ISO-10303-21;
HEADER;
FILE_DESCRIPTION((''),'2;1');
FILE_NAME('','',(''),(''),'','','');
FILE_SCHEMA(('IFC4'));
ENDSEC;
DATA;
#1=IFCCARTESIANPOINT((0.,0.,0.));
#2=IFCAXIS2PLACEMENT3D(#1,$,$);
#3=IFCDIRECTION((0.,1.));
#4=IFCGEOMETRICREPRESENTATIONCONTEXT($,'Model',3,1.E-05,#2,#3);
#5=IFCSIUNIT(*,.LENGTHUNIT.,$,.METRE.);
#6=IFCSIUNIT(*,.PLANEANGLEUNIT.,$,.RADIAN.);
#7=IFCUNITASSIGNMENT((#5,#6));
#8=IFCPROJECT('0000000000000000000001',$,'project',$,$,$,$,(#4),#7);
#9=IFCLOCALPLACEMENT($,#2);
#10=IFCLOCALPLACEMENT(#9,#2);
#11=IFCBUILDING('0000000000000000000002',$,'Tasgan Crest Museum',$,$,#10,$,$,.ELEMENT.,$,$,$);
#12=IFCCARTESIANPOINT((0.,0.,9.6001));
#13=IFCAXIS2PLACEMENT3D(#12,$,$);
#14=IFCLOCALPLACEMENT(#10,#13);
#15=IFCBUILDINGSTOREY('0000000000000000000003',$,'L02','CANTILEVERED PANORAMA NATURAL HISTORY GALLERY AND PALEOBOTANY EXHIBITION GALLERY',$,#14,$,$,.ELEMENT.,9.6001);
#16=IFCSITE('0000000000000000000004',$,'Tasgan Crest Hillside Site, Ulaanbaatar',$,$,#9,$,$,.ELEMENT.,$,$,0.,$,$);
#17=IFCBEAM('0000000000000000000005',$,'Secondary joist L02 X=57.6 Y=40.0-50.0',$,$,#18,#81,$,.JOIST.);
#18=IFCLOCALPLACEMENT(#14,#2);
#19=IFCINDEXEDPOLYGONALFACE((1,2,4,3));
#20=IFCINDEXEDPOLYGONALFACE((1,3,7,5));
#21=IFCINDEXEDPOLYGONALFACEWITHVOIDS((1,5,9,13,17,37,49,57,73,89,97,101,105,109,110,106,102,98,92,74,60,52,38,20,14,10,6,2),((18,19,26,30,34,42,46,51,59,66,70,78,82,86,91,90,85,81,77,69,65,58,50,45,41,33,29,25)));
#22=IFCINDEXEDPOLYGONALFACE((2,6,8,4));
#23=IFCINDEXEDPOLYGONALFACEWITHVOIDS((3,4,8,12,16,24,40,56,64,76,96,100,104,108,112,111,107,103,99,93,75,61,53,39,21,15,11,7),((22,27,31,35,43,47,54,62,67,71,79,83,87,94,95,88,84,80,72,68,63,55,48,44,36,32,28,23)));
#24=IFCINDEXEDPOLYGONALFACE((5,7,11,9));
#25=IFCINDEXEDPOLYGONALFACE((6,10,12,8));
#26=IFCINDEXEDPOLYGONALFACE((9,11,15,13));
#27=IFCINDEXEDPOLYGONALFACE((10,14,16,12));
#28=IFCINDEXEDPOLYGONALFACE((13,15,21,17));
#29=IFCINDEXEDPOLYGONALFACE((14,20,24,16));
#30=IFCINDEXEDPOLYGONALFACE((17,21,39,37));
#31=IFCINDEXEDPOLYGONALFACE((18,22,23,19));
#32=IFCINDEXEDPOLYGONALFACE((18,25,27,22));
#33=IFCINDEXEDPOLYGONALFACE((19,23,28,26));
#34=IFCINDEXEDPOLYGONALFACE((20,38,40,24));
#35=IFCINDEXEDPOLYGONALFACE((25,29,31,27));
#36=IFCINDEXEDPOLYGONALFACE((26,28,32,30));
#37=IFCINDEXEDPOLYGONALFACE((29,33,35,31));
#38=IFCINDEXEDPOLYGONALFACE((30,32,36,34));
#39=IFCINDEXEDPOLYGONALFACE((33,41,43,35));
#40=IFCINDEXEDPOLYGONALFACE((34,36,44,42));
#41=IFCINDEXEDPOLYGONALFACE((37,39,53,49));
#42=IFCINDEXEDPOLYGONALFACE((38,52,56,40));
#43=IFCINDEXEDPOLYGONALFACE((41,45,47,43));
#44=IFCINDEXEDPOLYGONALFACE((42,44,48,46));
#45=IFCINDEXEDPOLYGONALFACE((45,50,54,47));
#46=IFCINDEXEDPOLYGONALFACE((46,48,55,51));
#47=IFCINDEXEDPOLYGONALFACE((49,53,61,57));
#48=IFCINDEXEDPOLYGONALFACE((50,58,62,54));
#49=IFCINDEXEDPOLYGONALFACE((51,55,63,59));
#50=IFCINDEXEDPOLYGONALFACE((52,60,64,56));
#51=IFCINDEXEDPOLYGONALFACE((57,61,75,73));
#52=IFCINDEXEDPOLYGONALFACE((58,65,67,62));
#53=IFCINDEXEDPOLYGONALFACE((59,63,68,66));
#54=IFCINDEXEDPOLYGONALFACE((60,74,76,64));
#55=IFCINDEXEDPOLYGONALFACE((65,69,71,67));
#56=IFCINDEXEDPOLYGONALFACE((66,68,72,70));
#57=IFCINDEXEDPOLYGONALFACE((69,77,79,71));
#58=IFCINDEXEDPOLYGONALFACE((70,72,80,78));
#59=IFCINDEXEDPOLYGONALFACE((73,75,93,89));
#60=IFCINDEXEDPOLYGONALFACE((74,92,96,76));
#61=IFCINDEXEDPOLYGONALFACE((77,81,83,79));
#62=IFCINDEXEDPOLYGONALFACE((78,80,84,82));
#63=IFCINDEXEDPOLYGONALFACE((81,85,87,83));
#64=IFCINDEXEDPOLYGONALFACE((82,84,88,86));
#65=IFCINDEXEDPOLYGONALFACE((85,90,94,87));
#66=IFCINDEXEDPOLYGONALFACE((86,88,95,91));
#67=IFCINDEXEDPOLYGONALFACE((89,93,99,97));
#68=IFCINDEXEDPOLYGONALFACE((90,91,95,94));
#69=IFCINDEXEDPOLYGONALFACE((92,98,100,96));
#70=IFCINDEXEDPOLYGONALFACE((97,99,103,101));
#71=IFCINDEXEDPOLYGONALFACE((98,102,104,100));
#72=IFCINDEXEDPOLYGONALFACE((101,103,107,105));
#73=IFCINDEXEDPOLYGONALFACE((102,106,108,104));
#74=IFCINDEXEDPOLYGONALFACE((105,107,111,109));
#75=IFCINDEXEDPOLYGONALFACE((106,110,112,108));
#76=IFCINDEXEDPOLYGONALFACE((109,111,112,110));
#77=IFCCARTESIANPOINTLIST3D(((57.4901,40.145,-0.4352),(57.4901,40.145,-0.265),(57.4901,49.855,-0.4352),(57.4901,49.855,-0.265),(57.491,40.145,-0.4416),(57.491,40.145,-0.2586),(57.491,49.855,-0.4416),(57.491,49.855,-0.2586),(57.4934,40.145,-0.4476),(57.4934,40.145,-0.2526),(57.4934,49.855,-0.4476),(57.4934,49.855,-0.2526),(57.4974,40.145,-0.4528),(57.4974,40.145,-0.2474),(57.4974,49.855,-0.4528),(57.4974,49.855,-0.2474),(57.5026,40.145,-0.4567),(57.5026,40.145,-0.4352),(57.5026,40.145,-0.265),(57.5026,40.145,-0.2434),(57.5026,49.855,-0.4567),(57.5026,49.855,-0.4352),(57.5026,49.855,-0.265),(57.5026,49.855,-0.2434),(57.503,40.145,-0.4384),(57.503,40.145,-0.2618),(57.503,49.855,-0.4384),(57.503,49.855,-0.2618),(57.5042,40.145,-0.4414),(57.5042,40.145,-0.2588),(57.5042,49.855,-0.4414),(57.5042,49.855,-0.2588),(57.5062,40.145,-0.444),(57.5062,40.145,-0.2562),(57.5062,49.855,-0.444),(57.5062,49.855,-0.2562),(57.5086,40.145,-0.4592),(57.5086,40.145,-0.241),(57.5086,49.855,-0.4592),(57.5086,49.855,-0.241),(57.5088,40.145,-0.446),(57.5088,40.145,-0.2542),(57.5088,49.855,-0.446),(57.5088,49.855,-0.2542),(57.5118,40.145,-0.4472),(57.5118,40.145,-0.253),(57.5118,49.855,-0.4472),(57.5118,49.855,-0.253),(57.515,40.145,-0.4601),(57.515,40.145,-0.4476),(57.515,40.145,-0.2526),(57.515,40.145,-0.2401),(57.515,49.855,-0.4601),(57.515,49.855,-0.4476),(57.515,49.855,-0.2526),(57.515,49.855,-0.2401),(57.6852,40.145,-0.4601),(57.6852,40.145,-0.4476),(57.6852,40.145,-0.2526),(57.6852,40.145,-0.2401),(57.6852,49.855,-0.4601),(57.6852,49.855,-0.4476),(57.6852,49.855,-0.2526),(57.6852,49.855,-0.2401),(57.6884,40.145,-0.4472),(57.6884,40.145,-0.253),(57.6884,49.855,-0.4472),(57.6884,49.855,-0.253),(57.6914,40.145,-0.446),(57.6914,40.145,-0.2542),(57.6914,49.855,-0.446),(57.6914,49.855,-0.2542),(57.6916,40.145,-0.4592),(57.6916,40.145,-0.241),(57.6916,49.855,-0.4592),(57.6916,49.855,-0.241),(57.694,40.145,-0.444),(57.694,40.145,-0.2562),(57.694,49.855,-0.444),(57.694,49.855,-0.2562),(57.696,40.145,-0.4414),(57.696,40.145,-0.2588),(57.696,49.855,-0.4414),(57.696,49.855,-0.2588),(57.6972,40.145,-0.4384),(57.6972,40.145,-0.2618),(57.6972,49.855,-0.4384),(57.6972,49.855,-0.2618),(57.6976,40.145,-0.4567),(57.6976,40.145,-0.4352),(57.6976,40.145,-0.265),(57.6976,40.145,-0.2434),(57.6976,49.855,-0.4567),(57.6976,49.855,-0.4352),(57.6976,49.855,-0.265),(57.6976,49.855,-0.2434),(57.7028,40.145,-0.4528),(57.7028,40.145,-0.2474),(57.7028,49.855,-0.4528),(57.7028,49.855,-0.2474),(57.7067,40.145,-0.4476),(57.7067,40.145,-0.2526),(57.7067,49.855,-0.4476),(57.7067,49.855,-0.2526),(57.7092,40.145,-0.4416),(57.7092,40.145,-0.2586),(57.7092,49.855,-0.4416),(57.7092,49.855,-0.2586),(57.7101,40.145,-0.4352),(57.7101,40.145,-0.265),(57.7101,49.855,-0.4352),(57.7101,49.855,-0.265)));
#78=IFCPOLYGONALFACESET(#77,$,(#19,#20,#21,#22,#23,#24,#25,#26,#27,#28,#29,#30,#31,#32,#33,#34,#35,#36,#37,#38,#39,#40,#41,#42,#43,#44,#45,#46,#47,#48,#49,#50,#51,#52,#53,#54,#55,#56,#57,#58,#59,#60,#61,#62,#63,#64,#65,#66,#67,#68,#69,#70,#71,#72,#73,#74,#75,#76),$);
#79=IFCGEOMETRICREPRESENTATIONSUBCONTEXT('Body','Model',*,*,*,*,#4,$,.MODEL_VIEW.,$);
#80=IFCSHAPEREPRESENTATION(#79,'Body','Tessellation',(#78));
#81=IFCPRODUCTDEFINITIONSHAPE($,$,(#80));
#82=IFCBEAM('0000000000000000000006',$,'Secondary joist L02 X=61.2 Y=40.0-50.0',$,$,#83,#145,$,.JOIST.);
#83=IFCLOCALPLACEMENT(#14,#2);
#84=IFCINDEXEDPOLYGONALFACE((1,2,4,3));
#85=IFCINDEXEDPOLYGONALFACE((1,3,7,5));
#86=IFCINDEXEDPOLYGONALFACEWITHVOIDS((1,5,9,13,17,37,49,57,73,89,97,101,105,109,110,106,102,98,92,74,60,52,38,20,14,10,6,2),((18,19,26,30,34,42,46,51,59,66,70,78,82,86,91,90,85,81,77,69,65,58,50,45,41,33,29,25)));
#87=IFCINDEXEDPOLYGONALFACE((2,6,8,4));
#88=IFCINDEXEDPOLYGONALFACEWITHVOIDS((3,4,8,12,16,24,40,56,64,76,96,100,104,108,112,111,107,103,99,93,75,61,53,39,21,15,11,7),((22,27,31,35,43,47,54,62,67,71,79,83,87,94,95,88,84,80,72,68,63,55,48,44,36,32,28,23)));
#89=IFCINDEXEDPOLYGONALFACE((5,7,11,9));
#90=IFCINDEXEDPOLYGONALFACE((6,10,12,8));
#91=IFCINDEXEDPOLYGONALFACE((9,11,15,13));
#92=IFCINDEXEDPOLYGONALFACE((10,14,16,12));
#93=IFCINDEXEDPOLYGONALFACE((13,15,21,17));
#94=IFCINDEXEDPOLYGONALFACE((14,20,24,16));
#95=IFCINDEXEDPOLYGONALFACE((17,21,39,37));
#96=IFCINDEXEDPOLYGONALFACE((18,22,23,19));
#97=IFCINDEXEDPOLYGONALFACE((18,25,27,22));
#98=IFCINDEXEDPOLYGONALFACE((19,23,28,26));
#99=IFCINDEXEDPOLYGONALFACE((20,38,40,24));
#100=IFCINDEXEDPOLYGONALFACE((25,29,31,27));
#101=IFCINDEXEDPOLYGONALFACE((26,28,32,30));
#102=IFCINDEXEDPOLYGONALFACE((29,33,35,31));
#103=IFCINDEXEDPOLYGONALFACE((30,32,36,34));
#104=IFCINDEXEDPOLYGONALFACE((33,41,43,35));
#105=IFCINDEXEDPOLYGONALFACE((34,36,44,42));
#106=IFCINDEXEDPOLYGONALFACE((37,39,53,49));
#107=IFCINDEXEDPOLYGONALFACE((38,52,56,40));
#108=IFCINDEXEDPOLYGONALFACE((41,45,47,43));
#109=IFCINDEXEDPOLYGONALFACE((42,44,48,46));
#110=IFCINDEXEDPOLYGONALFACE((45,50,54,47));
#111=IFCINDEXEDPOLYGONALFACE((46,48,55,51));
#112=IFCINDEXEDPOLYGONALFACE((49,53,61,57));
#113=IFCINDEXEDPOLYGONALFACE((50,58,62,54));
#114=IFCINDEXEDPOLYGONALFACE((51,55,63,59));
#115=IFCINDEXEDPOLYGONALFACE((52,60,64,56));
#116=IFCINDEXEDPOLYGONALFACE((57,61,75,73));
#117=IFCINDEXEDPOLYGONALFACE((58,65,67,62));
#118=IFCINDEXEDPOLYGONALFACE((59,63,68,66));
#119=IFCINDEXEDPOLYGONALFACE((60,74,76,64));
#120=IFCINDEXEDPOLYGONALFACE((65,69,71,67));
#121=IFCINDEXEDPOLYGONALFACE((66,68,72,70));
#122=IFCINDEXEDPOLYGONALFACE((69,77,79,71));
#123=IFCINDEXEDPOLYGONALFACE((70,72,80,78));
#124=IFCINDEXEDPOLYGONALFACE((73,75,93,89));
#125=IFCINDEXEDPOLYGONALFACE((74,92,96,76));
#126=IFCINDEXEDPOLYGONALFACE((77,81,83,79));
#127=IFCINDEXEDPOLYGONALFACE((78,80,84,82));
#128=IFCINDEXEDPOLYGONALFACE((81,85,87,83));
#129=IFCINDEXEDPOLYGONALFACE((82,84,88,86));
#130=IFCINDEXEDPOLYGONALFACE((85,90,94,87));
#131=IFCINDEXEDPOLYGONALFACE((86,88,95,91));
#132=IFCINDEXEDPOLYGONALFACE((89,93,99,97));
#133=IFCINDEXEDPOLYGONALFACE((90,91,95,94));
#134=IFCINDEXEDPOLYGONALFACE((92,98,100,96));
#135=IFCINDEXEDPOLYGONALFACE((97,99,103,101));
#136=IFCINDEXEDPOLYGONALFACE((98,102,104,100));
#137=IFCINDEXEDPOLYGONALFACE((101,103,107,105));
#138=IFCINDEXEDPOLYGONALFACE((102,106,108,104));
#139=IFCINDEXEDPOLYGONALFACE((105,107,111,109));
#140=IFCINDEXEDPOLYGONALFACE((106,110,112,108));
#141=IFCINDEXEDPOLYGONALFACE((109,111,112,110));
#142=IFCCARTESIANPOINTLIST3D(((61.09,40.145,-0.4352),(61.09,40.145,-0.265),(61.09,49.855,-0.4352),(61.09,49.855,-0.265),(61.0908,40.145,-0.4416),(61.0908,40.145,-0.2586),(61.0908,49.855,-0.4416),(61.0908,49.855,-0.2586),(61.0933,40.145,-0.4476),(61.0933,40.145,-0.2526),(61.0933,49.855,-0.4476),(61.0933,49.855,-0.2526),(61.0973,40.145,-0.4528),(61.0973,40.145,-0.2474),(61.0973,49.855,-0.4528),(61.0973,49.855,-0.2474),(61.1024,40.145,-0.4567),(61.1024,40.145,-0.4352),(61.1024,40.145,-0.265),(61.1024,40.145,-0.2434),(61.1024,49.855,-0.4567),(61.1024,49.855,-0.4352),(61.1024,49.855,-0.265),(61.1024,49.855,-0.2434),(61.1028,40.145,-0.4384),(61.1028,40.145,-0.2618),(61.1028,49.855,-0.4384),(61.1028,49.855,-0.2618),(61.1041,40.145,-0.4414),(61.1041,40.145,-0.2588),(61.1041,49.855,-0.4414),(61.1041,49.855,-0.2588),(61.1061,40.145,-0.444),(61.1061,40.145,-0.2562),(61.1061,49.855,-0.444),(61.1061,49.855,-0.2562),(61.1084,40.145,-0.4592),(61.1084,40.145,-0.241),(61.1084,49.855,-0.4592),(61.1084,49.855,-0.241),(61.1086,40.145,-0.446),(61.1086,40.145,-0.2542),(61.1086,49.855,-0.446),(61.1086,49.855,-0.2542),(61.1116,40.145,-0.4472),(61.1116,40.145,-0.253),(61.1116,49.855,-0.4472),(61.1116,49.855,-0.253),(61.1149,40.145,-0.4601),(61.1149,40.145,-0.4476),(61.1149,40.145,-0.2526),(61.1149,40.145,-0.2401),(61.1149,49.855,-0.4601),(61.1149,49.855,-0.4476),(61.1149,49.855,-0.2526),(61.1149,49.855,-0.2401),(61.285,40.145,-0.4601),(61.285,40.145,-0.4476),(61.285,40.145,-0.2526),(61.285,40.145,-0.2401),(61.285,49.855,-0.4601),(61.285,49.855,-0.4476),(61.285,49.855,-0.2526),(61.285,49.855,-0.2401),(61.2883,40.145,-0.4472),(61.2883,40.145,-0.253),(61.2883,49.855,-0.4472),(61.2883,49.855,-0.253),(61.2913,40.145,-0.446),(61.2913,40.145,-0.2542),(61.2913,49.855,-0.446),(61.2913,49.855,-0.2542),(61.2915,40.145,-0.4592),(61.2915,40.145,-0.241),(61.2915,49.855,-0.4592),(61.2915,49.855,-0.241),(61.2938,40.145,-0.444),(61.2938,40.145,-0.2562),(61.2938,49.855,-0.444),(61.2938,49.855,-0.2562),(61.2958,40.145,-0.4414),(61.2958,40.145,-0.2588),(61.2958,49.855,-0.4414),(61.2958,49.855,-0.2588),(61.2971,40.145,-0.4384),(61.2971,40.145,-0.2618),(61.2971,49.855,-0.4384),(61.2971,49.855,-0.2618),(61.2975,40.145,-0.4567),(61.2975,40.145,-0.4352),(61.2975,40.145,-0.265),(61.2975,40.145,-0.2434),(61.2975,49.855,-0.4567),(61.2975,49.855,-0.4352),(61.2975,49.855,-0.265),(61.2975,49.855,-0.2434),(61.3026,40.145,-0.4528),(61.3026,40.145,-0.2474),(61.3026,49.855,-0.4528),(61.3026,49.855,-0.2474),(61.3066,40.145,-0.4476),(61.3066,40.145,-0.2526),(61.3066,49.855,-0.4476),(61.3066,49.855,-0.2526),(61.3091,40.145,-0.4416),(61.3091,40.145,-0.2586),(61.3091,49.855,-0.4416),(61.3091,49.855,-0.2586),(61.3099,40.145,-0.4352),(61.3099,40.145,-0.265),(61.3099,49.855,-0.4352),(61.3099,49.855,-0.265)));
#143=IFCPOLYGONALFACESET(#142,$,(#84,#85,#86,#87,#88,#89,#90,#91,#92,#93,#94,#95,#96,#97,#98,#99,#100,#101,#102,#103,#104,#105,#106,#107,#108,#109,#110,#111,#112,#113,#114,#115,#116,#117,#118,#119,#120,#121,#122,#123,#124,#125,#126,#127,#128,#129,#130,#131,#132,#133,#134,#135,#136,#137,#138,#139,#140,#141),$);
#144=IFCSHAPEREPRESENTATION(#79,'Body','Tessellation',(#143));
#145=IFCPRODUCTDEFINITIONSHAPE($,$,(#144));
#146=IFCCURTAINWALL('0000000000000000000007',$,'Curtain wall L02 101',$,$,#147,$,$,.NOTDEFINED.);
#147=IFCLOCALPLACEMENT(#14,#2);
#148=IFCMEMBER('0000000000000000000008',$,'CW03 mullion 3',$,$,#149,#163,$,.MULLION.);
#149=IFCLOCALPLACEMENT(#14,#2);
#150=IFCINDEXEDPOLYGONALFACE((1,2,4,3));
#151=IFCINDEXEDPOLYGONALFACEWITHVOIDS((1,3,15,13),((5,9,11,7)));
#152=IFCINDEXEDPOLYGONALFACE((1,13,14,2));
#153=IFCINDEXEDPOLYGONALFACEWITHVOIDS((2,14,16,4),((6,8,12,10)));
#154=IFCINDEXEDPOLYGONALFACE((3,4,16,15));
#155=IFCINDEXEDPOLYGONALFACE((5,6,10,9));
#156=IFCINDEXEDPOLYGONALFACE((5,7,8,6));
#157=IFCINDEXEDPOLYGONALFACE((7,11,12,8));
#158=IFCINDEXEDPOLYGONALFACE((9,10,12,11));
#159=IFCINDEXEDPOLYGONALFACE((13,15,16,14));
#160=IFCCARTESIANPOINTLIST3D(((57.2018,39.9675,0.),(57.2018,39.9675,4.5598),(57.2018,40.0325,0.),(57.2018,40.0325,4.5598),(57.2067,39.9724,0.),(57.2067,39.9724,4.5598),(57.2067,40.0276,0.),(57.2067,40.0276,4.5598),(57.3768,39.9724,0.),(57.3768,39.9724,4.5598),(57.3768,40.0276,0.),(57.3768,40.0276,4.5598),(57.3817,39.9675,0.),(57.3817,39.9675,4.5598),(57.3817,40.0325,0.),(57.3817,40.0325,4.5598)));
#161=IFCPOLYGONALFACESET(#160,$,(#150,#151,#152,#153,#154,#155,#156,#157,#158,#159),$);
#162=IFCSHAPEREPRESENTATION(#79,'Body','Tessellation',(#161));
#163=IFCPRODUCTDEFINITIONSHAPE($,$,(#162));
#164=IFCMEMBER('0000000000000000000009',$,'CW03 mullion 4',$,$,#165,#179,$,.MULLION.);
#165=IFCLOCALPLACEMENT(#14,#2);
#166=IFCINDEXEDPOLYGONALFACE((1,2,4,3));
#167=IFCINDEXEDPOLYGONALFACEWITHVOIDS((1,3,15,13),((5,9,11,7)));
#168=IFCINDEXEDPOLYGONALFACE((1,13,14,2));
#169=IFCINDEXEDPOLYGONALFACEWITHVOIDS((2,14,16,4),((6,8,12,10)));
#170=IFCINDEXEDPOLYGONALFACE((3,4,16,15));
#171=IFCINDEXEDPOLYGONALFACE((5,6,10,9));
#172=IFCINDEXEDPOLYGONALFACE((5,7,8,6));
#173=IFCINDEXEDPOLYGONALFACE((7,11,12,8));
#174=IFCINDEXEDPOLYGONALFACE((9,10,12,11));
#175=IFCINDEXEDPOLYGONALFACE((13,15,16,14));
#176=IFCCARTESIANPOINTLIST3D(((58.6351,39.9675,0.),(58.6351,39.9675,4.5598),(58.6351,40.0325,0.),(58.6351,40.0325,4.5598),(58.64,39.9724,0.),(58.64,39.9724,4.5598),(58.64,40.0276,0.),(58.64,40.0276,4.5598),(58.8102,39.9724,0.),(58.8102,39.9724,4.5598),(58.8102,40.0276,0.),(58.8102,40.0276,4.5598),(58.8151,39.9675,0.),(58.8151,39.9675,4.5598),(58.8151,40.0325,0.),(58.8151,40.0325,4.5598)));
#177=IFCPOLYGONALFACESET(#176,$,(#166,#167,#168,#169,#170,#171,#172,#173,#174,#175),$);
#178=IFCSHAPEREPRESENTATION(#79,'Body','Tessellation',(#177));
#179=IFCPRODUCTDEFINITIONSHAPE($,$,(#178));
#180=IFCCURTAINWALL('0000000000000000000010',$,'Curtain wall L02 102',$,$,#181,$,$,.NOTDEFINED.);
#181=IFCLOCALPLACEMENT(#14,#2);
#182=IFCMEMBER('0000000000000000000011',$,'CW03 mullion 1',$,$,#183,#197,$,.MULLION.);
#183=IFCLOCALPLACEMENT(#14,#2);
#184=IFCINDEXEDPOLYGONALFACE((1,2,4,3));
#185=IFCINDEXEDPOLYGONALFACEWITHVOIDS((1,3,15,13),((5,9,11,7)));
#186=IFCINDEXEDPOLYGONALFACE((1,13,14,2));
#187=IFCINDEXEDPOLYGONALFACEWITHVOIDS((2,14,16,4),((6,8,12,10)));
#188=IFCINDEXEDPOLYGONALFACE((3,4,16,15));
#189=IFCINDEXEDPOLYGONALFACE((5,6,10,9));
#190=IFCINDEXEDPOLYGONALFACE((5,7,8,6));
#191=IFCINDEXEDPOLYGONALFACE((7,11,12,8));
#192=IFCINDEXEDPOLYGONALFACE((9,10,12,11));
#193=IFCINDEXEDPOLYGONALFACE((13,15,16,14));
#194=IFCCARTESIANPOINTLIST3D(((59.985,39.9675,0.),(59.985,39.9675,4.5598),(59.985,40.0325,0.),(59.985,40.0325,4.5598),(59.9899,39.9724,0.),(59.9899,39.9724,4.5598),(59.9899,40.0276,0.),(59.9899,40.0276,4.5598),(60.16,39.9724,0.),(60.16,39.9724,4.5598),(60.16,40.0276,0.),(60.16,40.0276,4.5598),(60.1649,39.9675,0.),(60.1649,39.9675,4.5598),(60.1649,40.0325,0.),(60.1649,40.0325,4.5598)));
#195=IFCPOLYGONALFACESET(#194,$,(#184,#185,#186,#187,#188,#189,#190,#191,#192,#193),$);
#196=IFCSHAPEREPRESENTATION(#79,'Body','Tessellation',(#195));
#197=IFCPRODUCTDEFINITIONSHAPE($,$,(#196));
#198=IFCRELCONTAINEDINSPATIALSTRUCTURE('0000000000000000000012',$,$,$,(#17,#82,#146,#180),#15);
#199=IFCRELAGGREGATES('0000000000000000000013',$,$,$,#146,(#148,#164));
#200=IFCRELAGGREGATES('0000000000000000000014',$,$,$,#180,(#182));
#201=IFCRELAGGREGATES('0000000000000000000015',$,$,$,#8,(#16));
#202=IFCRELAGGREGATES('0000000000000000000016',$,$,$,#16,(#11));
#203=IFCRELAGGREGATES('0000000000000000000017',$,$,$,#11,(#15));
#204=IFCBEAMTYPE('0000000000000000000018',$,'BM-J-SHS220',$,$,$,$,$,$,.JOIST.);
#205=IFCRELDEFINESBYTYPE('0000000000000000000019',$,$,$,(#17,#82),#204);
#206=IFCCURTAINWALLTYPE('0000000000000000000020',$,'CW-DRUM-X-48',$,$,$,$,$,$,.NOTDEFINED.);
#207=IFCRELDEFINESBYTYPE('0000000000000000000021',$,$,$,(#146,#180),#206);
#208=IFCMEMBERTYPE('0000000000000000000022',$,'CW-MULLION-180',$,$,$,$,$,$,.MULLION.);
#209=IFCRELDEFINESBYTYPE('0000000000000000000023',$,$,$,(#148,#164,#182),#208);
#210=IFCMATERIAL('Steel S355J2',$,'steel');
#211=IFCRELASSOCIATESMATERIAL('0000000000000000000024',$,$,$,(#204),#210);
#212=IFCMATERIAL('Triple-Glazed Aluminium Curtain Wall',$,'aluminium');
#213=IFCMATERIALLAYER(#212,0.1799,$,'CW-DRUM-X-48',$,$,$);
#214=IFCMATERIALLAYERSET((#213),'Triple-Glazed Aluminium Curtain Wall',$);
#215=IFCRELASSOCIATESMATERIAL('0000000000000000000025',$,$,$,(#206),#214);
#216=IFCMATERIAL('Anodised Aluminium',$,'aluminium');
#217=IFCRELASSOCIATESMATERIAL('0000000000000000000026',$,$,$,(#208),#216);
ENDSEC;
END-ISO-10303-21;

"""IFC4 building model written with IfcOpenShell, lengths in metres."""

from ifc_helpers import new_model, si_unit, direction, frame, origin, origin_2d, place, context, subcontext, project, spatial, hollow_rectangle, extrude, material, layer, layer_set, material_profile, profile_set, type_object, element, aggregate, save


model = new_model("IFC4")

# Units and contexts
model_context = context("Model", 3, precision=1e-05, world=origin(), true_north=direction((0.0, 1.0)))
body_context = subcontext(model_context, "Body", "Model", "MODEL_VIEW")
ifc_project = project(units=[si_unit("LENGTHUNIT", "METRE"), si_unit("PLANEANGLEUNIT", "RADIAN")], contexts=[model_context])

# Site, building, storey
site_placement = place(None, origin())
site = spatial("IfcSite", under=ifc_project, at=site_placement, Name="Tasgan Crest Hillside Site, Ulaanbaatar", CompositionType="ELEMENT", RefElevation=0.0)
building_placement = place(site_placement, origin())
building = spatial("IfcBuilding", under=site, at=building_placement, Name="Tasgan Crest Museum", CompositionType="ELEMENT")
storey_placement = place(building_placement, frame((0.0, 0.0, 9.6001)))
storey = spatial("IfcBuildingStorey", under=building, at=storey_placement, Name="L02", Description="CANTILEVERED PANORAMA NATURAL HISTORY GALLERY AND PALEOBOTANY EXHIBITION GALLERY", CompositionType="ELEMENT", Elevation=9.6001)

# Beams
ifc_material_1 = material(Name="Steel S355J2", Category="steel")
ifc_material_profile_1 = material_profile(ifc_material_1, hollow_rectangle(XDim=0.22, YDim=0.22, WallThickness=0.0125, InnerFilletRadius=0.0125, OuterFilletRadius=0.0249, at=origin_2d()), Name="SHS 220x220x12.5")
ifc_profile_set_1 = profile_set([ifc_material_profile_1], Name="Steel S355J2")
beam_type = type_object("IfcBeamType", Name="BM-J-SHS220", PredefinedType="JOIST", material=ifc_profile_set_1)
for number, where, z_axis, x_axis, name in (
    (1, (57.6001, 40.145, -0.3501), (0.0, 1.0, 0.0), (-1.0, 0.0, 0.0), "Secondary joist L02 X=57.6 Y=40.0-50.0"),
    (2, (61.2, 40.145, -0.3501), (0.0, 1.0, 0.0), (-1.0, 0.0, 0.0), "Secondary joist L02 X=61.2 Y=40.0-50.0"),
):
    element("IfcBeam", number, at=place(storey_placement, frame(where, z_axis=z_axis, x_axis=x_axis)), inside=storey, type_object=beam_type, Name=name, PredefinedType="JOIST", context=body_context, shape_type="SweptSolid", body=[
        extrude(hollow_rectangle(XDim=0.22, YDim=0.22, WallThickness=0.0125, InnerFilletRadius=0.0125, OuterFilletRadius=0.0249, at=origin_2d()), origin(), (0.0, 0.0, 1.0), 9.71),
    ])

# Curtain walls, members
ifc_material_2 = material(Name="Triple-Glazed Aluminium Curtain Wall", Category="aluminium")
ifc_layer_1 = layer(ifc_material_2, 0.1799, Name="CW-DRUM-X-48")
ifc_layer_set_1 = layer_set([ifc_layer_1], Name="Triple-Glazed Aluminium Curtain Wall")
curtain_wall_type = type_object("IfcCurtainWallType", Name="CW-DRUM-X-48", PredefinedType="NOTDEFINED", material=ifc_layer_set_1)
curtain_wall_1_placement = place(storey_placement, origin())
curtain_wall_1 = element("IfcCurtainWall", 3, at=curtain_wall_1_placement, inside=storey, type_object=curtain_wall_type, Name="Curtain wall L02 101", PredefinedType="NOTDEFINED")
ifc_material_3 = material(Name="Anodised Aluminium", Category="aluminium")
ifc_material_profile_2 = material_profile(ifc_material_3, hollow_rectangle(XDim=0.0649, YDim=0.1799, WallThickness=0.0049, at=origin_2d()), Name="ALU MULLION 180x65x5")
ifc_profile_set_2 = profile_set([ifc_material_profile_2], Name="Anodised Aluminium")
member_type_1 = type_object("IfcMemberType", Name="CW-MULLION-180", PredefinedType="MULLION", material=ifc_profile_set_2)
member_1_placement = place(storey_placement, frame((57.2917, 40.0, 0.0), z_axis=(0.0, 0.0, 1.0), x_axis=(0.0, 1.0, 0.0)))
member_1 = element("IfcMember", 4, at=member_1_placement, type_object=member_type_1, Name="CW03 mullion 3", PredefinedType="MULLION", context=body_context, shape_type="SweptSolid", body=[
    extrude(hollow_rectangle(XDim=0.0649, YDim=0.1799, WallThickness=0.0049, at=origin_2d()), origin(), (0.0, 0.0, 1.0), 4.5598),
])
member_2_placement = place(storey_placement, frame((58.7251, 40.0, 0.0), z_axis=(0.0, 0.0, 1.0), x_axis=(0.0, 1.0, 0.0)))
member_2 = element("IfcMember", 5, at=member_2_placement, type_object=member_type_1, Name="CW03 mullion 4", PredefinedType="MULLION", context=body_context, shape_type="SweptSolid", body=[
    extrude(hollow_rectangle(XDim=0.0649, YDim=0.1799, WallThickness=0.0049, at=origin_2d()), origin(), (0.0, 0.0, 1.0), 4.5598),
])
curtain_wall_2_placement = place(storey_placement, origin())
curtain_wall_2 = element("IfcCurtainWall", 6, at=curtain_wall_2_placement, inside=storey, type_object=curtain_wall_type, Name="Curtain wall L02 102", PredefinedType="NOTDEFINED")
member_3_placement = place(storey_placement, frame((60.075, 40.0, 0.0), z_axis=(0.0, 0.0, 1.0), x_axis=(0.0, 1.0, 0.0)))
member_3 = element("IfcMember", 7, at=member_3_placement, type_object=member_type_1, Name="CW03 mullion 1", PredefinedType="MULLION", context=body_context, shape_type="SweptSolid", body=[
    extrude(hollow_rectangle(XDim=0.0649, YDim=0.1799, WallThickness=0.0049, at=origin_2d()), origin(), (0.0, 0.0, 1.0), 4.5598),
])

aggregate(curtain_wall_1, [member_1, member_2])
aggregate(curtain_wall_2, [member_3])

save(model, "model.ifc")
